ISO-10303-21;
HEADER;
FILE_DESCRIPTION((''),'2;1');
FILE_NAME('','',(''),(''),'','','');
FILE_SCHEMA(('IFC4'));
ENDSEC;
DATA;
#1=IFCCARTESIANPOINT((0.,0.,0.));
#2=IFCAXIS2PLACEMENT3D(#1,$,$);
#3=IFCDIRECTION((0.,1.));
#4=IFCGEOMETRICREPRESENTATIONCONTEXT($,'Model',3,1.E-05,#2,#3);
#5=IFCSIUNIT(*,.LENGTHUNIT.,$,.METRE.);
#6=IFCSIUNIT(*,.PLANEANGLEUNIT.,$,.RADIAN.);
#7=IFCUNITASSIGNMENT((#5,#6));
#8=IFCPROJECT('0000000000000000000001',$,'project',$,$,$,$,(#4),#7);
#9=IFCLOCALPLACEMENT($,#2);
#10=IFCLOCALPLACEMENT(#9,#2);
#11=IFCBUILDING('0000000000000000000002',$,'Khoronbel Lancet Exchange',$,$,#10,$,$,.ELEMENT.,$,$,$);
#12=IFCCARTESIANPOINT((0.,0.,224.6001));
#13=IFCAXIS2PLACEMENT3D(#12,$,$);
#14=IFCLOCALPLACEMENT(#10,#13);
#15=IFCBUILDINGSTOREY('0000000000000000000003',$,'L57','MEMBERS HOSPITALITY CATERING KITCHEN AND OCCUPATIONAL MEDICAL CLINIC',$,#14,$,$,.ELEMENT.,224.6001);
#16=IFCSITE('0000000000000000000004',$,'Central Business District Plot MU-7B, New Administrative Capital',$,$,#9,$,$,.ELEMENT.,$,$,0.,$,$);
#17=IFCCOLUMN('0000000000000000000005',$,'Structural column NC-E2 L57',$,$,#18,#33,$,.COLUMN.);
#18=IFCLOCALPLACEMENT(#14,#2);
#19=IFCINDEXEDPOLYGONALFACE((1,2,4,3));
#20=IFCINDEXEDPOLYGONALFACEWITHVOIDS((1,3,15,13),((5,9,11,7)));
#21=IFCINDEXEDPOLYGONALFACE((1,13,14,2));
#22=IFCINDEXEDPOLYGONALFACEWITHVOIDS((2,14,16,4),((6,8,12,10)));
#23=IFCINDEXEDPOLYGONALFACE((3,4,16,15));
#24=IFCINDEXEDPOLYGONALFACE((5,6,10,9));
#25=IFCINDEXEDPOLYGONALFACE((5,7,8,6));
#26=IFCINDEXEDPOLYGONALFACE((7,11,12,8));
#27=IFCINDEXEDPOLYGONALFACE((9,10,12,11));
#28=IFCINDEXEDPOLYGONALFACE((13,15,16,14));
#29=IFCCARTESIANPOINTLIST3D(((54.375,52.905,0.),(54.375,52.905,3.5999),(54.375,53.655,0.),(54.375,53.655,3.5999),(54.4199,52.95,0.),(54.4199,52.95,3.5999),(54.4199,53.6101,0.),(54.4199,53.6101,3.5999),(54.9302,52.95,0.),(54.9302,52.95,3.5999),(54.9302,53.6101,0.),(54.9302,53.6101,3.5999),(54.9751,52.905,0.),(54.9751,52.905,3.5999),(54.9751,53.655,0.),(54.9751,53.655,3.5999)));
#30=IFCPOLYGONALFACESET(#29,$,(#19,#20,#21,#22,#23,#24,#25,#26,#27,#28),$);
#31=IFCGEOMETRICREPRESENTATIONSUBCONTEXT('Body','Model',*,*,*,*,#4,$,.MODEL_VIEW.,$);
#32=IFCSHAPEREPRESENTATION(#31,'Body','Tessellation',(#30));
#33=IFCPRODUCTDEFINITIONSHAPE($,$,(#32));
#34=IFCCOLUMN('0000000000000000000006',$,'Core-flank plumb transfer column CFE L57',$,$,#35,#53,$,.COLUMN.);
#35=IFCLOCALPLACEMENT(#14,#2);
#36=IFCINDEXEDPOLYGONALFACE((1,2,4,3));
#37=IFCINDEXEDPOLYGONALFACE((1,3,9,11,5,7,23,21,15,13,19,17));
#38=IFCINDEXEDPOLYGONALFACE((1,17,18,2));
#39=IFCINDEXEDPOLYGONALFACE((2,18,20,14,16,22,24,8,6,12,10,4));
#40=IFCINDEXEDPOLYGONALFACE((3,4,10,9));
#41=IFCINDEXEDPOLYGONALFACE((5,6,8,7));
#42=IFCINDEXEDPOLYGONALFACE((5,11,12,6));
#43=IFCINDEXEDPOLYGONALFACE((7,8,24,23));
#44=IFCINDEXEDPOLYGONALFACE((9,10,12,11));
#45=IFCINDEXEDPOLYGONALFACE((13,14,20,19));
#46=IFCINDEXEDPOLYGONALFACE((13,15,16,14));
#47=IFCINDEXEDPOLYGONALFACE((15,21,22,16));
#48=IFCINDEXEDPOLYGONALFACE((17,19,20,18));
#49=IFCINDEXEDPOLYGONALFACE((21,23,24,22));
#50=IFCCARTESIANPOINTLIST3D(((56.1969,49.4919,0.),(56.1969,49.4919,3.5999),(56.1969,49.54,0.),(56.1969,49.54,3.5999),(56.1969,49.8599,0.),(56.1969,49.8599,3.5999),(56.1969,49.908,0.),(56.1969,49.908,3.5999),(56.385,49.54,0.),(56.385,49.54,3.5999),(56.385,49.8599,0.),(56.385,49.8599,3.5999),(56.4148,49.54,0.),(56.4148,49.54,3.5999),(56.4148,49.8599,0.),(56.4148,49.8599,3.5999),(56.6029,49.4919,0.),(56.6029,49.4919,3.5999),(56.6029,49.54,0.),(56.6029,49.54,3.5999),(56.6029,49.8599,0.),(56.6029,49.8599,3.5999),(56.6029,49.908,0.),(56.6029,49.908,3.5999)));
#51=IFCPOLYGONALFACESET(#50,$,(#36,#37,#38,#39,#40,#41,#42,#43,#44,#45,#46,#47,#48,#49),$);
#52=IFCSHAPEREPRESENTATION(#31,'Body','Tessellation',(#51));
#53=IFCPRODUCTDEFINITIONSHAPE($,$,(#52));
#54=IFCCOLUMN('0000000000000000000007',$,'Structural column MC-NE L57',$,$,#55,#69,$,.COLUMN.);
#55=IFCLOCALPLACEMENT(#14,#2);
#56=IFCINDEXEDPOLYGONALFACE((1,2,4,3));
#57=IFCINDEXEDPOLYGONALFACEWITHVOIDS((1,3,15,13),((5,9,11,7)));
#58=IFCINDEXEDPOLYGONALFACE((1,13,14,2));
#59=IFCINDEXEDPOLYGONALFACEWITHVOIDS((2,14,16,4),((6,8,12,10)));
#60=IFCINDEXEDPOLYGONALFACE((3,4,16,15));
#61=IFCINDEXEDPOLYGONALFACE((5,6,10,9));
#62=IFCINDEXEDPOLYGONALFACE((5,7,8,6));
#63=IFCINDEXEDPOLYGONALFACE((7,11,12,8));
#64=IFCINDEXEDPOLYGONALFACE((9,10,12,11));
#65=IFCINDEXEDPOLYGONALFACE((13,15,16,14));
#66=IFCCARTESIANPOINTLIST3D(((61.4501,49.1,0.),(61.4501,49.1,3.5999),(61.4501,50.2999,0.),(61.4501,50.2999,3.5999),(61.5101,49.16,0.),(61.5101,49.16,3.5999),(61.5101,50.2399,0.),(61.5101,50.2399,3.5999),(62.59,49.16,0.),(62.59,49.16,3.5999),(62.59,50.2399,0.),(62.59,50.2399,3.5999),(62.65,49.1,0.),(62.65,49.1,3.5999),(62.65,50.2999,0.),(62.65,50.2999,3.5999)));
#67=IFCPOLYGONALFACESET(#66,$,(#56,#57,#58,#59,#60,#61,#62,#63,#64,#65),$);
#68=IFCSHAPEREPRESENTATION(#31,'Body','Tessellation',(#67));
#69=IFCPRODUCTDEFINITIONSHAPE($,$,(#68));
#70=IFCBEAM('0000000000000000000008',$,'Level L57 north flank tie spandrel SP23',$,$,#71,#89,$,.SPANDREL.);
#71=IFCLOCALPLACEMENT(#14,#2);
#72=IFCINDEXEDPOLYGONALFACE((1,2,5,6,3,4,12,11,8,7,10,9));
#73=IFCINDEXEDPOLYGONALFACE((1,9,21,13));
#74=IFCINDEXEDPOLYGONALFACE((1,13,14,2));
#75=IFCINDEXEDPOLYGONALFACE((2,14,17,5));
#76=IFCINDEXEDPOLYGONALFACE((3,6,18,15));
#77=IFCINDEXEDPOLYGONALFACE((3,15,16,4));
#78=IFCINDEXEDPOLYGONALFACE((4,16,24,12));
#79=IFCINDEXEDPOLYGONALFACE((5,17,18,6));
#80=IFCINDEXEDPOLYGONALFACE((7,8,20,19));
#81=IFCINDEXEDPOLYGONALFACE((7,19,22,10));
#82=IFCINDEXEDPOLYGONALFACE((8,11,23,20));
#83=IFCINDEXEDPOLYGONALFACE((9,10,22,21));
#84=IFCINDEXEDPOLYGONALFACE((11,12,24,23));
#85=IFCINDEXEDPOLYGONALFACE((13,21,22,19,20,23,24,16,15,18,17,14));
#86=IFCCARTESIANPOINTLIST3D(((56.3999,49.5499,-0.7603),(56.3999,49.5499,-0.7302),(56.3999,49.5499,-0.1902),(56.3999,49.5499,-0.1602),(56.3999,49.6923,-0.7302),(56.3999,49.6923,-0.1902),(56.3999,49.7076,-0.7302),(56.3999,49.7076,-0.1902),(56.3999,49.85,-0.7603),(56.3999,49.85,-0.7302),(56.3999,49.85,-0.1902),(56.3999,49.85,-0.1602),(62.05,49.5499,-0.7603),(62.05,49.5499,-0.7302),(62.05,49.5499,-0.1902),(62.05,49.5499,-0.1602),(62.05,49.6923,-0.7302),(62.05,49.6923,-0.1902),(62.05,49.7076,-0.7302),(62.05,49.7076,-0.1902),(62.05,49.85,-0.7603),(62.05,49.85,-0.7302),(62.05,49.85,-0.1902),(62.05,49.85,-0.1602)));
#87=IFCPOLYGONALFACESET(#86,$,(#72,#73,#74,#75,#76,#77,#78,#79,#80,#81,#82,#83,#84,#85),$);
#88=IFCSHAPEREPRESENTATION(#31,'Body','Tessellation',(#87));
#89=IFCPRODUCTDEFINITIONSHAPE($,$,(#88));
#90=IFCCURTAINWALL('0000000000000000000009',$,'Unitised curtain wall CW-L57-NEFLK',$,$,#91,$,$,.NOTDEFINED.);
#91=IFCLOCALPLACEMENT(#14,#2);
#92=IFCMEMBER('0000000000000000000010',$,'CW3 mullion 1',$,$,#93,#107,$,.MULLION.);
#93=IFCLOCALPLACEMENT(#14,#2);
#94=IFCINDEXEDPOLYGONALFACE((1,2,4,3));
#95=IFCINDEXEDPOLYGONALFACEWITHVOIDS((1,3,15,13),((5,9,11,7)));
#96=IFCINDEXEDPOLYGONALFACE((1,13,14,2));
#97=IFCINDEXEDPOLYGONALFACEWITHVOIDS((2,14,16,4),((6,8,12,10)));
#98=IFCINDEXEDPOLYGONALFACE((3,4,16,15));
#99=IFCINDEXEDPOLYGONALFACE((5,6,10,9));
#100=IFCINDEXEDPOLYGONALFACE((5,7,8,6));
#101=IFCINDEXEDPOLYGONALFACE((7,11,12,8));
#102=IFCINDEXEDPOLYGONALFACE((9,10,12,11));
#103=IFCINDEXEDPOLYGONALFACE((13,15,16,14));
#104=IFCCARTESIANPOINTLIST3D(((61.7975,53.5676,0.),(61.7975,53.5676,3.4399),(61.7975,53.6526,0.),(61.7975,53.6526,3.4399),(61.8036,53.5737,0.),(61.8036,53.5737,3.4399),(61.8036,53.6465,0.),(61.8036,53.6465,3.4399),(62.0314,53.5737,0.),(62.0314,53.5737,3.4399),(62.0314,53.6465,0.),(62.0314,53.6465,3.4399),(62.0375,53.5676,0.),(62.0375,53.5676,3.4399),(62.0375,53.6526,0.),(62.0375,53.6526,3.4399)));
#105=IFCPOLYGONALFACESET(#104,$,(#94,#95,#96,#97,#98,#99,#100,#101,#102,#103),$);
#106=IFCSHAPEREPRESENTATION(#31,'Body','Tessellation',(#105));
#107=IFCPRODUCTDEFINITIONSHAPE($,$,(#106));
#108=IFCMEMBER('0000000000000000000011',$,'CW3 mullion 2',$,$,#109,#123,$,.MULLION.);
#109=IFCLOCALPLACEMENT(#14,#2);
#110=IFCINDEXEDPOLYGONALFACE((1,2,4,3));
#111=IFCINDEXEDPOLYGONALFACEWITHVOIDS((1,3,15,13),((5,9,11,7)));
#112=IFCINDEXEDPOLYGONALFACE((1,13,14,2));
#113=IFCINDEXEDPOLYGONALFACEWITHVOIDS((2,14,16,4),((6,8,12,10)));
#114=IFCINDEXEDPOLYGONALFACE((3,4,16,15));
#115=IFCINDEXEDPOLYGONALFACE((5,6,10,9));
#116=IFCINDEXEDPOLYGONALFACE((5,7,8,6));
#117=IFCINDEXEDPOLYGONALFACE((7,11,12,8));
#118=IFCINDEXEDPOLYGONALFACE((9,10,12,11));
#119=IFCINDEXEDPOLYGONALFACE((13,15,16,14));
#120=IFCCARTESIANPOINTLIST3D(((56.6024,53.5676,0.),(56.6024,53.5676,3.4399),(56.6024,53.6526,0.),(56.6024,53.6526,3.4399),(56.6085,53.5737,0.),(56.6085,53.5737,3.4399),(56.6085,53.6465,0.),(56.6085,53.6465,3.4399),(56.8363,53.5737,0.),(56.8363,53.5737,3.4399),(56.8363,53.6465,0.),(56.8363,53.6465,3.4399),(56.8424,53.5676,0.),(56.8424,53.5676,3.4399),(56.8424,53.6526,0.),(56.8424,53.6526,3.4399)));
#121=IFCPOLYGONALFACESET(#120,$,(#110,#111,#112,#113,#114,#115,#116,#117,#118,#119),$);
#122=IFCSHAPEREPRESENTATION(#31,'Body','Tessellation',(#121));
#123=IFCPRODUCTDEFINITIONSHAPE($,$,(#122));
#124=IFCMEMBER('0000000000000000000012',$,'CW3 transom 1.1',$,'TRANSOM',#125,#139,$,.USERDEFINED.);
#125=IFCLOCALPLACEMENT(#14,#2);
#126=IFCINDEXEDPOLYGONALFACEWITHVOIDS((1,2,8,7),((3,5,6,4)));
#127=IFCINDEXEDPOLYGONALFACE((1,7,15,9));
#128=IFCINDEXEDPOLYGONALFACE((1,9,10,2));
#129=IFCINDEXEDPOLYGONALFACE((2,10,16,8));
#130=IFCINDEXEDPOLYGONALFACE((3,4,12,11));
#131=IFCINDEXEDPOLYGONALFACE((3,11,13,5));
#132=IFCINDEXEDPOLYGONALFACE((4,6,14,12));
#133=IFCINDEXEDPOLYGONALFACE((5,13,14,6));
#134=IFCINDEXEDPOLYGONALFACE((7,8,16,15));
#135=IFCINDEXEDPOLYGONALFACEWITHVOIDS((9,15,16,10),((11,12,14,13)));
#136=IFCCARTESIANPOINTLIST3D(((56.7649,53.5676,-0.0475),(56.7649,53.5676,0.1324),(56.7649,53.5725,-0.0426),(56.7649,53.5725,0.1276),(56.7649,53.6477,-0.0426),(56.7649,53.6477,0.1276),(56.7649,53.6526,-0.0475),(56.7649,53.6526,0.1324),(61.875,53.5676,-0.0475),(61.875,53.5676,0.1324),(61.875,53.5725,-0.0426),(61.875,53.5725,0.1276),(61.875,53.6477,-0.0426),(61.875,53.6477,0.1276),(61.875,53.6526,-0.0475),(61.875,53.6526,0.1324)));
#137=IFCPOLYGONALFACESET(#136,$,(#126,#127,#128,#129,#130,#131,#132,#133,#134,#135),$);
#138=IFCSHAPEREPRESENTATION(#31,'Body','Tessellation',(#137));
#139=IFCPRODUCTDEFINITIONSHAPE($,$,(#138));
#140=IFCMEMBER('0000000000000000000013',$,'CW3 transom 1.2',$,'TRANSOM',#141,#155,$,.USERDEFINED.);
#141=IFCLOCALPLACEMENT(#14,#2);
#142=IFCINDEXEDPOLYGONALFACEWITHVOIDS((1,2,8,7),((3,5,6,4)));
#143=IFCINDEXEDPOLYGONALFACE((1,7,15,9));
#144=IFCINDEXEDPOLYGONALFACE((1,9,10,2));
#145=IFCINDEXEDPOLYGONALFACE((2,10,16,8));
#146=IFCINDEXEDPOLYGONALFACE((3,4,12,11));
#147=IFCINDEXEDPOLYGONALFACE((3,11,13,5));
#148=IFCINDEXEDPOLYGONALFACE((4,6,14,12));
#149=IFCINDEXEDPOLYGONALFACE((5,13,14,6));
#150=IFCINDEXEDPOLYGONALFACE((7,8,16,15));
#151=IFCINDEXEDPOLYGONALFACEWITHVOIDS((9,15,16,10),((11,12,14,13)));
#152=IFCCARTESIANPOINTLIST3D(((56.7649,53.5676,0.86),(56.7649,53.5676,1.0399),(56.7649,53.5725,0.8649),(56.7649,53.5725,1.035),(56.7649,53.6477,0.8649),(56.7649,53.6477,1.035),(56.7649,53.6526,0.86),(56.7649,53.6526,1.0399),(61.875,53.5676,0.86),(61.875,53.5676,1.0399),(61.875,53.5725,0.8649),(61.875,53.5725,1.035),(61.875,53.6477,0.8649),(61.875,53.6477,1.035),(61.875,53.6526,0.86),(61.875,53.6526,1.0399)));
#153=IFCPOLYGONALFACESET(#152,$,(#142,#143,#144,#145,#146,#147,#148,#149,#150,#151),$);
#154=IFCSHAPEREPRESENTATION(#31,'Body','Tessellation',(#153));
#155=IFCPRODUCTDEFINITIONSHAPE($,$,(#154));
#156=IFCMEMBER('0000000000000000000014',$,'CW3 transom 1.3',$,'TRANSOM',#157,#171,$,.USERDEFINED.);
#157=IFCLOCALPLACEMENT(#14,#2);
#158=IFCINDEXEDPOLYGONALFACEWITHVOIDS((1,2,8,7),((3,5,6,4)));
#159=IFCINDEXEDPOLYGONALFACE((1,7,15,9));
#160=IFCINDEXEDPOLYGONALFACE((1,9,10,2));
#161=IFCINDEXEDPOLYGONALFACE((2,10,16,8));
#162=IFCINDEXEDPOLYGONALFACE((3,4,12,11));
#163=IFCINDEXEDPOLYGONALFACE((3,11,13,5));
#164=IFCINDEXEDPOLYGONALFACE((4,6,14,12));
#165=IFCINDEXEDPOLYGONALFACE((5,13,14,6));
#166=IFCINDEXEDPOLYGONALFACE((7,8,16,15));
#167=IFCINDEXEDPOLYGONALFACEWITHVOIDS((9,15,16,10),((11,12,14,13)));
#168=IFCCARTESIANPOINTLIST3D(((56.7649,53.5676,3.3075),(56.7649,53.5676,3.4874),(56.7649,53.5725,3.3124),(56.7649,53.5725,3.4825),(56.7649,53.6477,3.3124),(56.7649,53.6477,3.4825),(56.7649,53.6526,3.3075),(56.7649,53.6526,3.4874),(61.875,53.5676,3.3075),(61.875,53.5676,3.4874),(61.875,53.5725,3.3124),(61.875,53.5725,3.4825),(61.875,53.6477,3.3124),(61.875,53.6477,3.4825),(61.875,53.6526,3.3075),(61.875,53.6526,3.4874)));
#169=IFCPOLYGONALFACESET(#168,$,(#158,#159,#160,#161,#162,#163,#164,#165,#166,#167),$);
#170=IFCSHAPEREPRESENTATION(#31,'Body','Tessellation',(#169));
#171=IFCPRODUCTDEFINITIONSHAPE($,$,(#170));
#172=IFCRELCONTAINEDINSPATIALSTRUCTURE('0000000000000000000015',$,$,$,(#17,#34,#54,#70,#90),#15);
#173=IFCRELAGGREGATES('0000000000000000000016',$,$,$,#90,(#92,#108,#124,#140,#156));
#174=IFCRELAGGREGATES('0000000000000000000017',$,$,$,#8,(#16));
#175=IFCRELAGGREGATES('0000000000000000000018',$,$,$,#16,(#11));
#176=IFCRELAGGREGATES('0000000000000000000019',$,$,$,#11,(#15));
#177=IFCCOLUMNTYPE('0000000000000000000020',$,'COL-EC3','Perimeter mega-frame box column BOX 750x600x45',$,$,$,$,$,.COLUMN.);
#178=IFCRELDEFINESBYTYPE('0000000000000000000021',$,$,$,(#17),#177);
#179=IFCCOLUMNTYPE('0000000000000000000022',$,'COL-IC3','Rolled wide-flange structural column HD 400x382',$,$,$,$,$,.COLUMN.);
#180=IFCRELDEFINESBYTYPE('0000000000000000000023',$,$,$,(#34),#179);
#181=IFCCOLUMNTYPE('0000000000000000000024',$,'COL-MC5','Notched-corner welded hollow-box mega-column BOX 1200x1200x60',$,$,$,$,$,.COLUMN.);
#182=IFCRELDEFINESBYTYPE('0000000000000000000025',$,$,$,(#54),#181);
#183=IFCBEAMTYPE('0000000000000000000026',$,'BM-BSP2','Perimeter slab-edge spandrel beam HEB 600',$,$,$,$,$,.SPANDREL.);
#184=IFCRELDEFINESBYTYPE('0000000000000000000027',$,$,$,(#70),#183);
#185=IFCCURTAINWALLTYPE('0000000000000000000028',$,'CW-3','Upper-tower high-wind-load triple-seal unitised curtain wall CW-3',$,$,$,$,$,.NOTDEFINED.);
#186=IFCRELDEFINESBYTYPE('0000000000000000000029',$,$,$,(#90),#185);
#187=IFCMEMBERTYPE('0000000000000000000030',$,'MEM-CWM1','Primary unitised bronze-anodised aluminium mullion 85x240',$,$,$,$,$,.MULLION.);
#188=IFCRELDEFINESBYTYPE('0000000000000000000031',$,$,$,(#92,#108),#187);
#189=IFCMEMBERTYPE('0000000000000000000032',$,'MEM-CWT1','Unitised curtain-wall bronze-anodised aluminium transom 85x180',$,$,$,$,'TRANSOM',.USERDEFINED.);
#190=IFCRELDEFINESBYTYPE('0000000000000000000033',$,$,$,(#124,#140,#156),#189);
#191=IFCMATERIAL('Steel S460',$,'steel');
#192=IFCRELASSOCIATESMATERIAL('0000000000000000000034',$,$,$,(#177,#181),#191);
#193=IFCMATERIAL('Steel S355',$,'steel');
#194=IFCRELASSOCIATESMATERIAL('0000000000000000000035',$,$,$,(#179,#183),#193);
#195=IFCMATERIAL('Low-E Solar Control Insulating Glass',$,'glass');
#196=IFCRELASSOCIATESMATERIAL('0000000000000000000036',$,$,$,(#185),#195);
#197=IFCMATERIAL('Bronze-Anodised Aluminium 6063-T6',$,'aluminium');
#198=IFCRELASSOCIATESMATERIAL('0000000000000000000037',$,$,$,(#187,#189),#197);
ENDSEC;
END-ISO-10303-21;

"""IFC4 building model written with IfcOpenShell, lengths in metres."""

from ifc_helpers import new_model, si_unit, direction, frame, origin, origin_2d, place, context, subcontext, project, spatial, hollow_rectangle, i_section, extrude, material, material_profile, profile_set, type_object, element, aggregate, save


model = new_model("IFC4")

# Units and contexts
model_context = context("Model", 3, precision=1e-05, world=origin(), true_north=direction((0.0, 1.0)))
body_context = subcontext(model_context, "Body", "Model", "MODEL_VIEW")
ifc_project = project(units=[si_unit("LENGTHUNIT", "METRE"), si_unit("PLANEANGLEUNIT", "RADIAN")], contexts=[model_context])

# Site, building, storey
site_placement = place(None, origin())
site = spatial("IfcSite", under=ifc_project, at=site_placement, Name="Central Business District Plot MU-7B, New Administrative Capital", CompositionType="ELEMENT", RefElevation=0.0)
building_placement = place(site_placement, origin())
building = spatial("IfcBuilding", under=site, at=building_placement, Name="Khoronbel Lancet Exchange", CompositionType="ELEMENT")
storey_placement = place(building_placement, frame((0.0, 0.0, 224.6001)))
storey = spatial("IfcBuildingStorey", under=building, at=storey_placement, Name="L57", Description="MEMBERS HOSPITALITY CATERING KITCHEN AND OCCUPATIONAL MEDICAL CLINIC", CompositionType="ELEMENT", Elevation=224.6001)

# Columns
ifc_material_1 = material(Name="Steel S460", Category="steel")
ifc_material_profile_1 = material_profile(ifc_material_1, hollow_rectangle(XDim=0.6001, YDim=0.75, WallThickness=0.0449, at=origin_2d()), Name="BOX 750x600x45")
ifc_profile_set_1 = profile_set([ifc_material_profile_1], Name="Steel S460")
column_type_1 = type_object("IfcColumnType", Name="COL-EC3", Description="Perimeter mega-frame box column BOX 750x600x45", PredefinedType="COLUMN", material=ifc_profile_set_1)
column_1_placement = place(storey_placement, frame((54.675, 53.28, 0.0), z_axis=(0.0, 0.0, 1.0), x_axis=(1.0, 0.0, 0.0)))
element("IfcColumn", 1, at=column_1_placement, inside=storey, type_object=column_type_1, Name="Structural column NC-E2 L57", PredefinedType="COLUMN", context=body_context, shape_type="SweptSolid", body=[
    extrude(hollow_rectangle(XDim=0.6001, YDim=0.75, WallThickness=0.0449, at=origin_2d()), origin(), (0.0, 0.0, 1.0), 3.5999),
])
ifc_material_2 = material(Name="Steel S355", Category="steel")
ifc_material_profile_2 = material_profile(ifc_material_2, i_section(OverallWidth=0.406, OverallDepth=0.416, WebThickness=0.0298, FlangeThickness=0.0481, at=origin_2d()), Name="HD 400x382")
ifc_profile_set_2 = profile_set([ifc_material_profile_2], Name="Steel S355")
column_type_2 = type_object("IfcColumnType", Name="COL-IC3", Description="Rolled wide-flange structural column HD 400x382", PredefinedType="COLUMN", material=ifc_profile_set_2)
column_2_placement = place(storey_placement, frame((56.3999, 49.7, 0.0), z_axis=(0.0, 0.0, 1.0), x_axis=(1.0, 0.0, 0.0)))
element("IfcColumn", 2, at=column_2_placement, inside=storey, type_object=column_type_2, Name="Core-flank plumb transfer column CFE L57", PredefinedType="COLUMN", context=body_context, shape_type="SweptSolid", body=[
    extrude(i_section(OverallWidth=0.406, OverallDepth=0.416, WebThickness=0.0298, FlangeThickness=0.0481, at=origin_2d()), origin(), (0.0, 0.0, 1.0), 3.5999),
])
ifc_material_profile_3 = material_profile(ifc_material_1, hollow_rectangle(XDim=1.2, YDim=1.2, WallThickness=0.0601, at=origin_2d()), Name="BOX 1200x1200x60")
ifc_profile_set_3 = profile_set([ifc_material_profile_3], Name="Steel S460")
column_type_3 = type_object("IfcColumnType", Name="COL-MC5", Description="Notched-corner welded hollow-box mega-column BOX 1200x1200x60", PredefinedType="COLUMN", material=ifc_profile_set_3)
column_3_placement = place(storey_placement, frame((62.05, 49.7, 0.0), z_axis=(0.0, 0.0, 1.0), x_axis=(1.0, 0.0, 0.0)))
element("IfcColumn", 3, at=column_3_placement, inside=storey, type_object=column_type_3, Name="Structural column MC-NE L57", PredefinedType="COLUMN", context=body_context, shape_type="SweptSolid", body=[
    extrude(hollow_rectangle(XDim=1.2, YDim=1.2, WallThickness=0.0601, at=origin_2d()), origin(), (0.0, 0.0, 1.0), 3.5999),
])

# Beam
ifc_material_profile_4 = material_profile(ifc_material_2, i_section(OverallWidth=0.3, OverallDepth=0.6001, WebThickness=0.0154, FlangeThickness=0.03, at=origin_2d()), Name="HEB 600")
ifc_profile_set_4 = profile_set([ifc_material_profile_4], Name="Steel S355")
beam_type = type_object("IfcBeamType", Name="BM-BSP2", Description="Perimeter slab-edge spandrel beam HEB 600", PredefinedType="SPANDREL", material=ifc_profile_set_4)
beam_placement = place(storey_placement, frame((62.05, 49.7, -0.4602), z_axis=(-1.0, 0.0, 0.0), x_axis=(0.0, -1.0, 0.0)))
element("IfcBeam", 4, at=beam_placement, inside=storey, type_object=beam_type, Name="Level L57 north flank tie spandrel SP23", PredefinedType="SPANDREL", context=body_context, shape_type="SweptSolid", body=[
    extrude(i_section(OverallWidth=0.3, OverallDepth=0.6001, WebThickness=0.0154, FlangeThickness=0.03, at=origin_2d()), origin(), (0.0, 0.0, 1.0), 5.6501),
])

# Curtain wall, members
ifc_material_3 = material(Name="Low-E Solar Control Insulating Glass", Category="glass")
curtain_wall_type = type_object("IfcCurtainWallType", Name="CW-3", Description="Upper-tower high-wind-load triple-seal unitised curtain wall CW-3", PredefinedType="NOTDEFINED", material=ifc_material_3)
curtain_wall_placement = place(storey_placement, origin())
curtain_wall = element("IfcCurtainWall", 5, at=curtain_wall_placement, inside=storey, type_object=curtain_wall_type, Name="Unitised curtain wall CW-L57-NEFLK", PredefinedType="NOTDEFINED")
ifc_material_4 = material(Name="Bronze-Anodised Aluminium 6063-T6", Category="aluminium")
ifc_material_profile_5 = material_profile(ifc_material_4, hollow_rectangle(XDim=0.085, YDim=0.24, WallThickness=0.0061, at=origin_2d()), Name="ALU MULLION 85x240")
ifc_profile_set_5 = profile_set([ifc_material_profile_5], Name="Bronze-Anodised Aluminium 6063-T6")
member_type_1 = type_object("IfcMemberType", Name="MEM-CWM1", Description="Primary unitised bronze-anodised aluminium mullion 85x240", PredefinedType="MULLION", material=ifc_profile_set_5)
member_1_placement = place(storey_placement, frame((61.9175, 53.6101, 0.0), z_axis=(0.0, 0.0, 1.0), x_axis=(0.0, -1.0, 0.0)))
member_1 = element("IfcMember", 6, at=member_1_placement, type_object=member_type_1, Name="CW3 mullion 1", PredefinedType="MULLION", context=body_context, shape_type="SweptSolid", body=[
    extrude(hollow_rectangle(XDim=0.085, YDim=0.24, WallThickness=0.0061, at=origin_2d()), origin(), (0.0, 0.0, 1.0), 3.4399),
])
member_2_placement = place(storey_placement, frame((56.7224, 53.6101, 0.0), z_axis=(0.0, 0.0, 1.0), x_axis=(0.0, -1.0, 0.0)))
member_2 = element("IfcMember", 7, at=member_2_placement, type_object=member_type_1, Name="CW3 mullion 2", PredefinedType="MULLION", context=body_context, shape_type="SweptSolid", body=[
    extrude(hollow_rectangle(XDim=0.085, YDim=0.24, WallThickness=0.0061, at=origin_2d()), origin(), (0.0, 0.0, 1.0), 3.4399),
])
ifc_material_profile_6 = material_profile(ifc_material_4, hollow_rectangle(XDim=0.085, YDim=0.1799, WallThickness=0.0049, at=origin_2d()), Name="ALU TRANSOM 85x180")
ifc_profile_set_6 = profile_set([ifc_material_profile_6], Name="Bronze-Anodised Aluminium 6063-T6")
member_type_2 = type_object("IfcMemberType", Name="MEM-CWT1", Description="Unitised curtain-wall bronze-anodised aluminium transom 85x180", ElementType="TRANSOM", PredefinedType="USERDEFINED", material=ifc_profile_set_6)
member_3_placement = place(storey_placement, frame((61.875, 53.6101, 0.0425), z_axis=(-1.0, 0.0, 0.0), x_axis=(0.0, -1.0, 0.0)))
member_3 = element("IfcMember", 8, at=member_3_placement, type_object=member_type_2, Name="CW3 transom 1.1", ObjectType="TRANSOM", PredefinedType="USERDEFINED", context=body_context, shape_type="SweptSolid", body=[
    extrude(hollow_rectangle(XDim=0.085, YDim=0.1799, WallThickness=0.0049, at=origin_2d()), origin(), (0.0, 0.0, 1.0), 5.1101),
])
member_4_placement = place(storey_placement, frame((61.875, 53.6101, 0.95), z_axis=(-1.0, 0.0, 0.0), x_axis=(0.0, -1.0, 0.0)))
member_4 = element("IfcMember", 9, at=member_4_placement, type_object=member_type_2, Name="CW3 transom 1.2", ObjectType="TRANSOM", PredefinedType="USERDEFINED", context=body_context, shape_type="SweptSolid", body=[
    extrude(hollow_rectangle(XDim=0.085, YDim=0.1799, WallThickness=0.0049, at=origin_2d()), origin(), (0.0, 0.0, 1.0), 5.1101),
])
member_5_placement = place(storey_placement, frame((61.875, 53.6101, 3.3975), z_axis=(-1.0, 0.0, 0.0), x_axis=(0.0, -1.0, 0.0)))
member_5 = element("IfcMember", 10, at=member_5_placement, type_object=member_type_2, Name="CW3 transom 1.3", ObjectType="TRANSOM", PredefinedType="USERDEFINED", context=body_context, shape_type="SweptSolid", body=[
    extrude(hollow_rectangle(XDim=0.085, YDim=0.1799, WallThickness=0.0049, at=origin_2d()), origin(), (0.0, 0.0, 1.0), 5.1101),
])
aggregate(curtain_wall, [member_1, member_2, member_3, member_4, member_5])

save(model, "model.ifc")
